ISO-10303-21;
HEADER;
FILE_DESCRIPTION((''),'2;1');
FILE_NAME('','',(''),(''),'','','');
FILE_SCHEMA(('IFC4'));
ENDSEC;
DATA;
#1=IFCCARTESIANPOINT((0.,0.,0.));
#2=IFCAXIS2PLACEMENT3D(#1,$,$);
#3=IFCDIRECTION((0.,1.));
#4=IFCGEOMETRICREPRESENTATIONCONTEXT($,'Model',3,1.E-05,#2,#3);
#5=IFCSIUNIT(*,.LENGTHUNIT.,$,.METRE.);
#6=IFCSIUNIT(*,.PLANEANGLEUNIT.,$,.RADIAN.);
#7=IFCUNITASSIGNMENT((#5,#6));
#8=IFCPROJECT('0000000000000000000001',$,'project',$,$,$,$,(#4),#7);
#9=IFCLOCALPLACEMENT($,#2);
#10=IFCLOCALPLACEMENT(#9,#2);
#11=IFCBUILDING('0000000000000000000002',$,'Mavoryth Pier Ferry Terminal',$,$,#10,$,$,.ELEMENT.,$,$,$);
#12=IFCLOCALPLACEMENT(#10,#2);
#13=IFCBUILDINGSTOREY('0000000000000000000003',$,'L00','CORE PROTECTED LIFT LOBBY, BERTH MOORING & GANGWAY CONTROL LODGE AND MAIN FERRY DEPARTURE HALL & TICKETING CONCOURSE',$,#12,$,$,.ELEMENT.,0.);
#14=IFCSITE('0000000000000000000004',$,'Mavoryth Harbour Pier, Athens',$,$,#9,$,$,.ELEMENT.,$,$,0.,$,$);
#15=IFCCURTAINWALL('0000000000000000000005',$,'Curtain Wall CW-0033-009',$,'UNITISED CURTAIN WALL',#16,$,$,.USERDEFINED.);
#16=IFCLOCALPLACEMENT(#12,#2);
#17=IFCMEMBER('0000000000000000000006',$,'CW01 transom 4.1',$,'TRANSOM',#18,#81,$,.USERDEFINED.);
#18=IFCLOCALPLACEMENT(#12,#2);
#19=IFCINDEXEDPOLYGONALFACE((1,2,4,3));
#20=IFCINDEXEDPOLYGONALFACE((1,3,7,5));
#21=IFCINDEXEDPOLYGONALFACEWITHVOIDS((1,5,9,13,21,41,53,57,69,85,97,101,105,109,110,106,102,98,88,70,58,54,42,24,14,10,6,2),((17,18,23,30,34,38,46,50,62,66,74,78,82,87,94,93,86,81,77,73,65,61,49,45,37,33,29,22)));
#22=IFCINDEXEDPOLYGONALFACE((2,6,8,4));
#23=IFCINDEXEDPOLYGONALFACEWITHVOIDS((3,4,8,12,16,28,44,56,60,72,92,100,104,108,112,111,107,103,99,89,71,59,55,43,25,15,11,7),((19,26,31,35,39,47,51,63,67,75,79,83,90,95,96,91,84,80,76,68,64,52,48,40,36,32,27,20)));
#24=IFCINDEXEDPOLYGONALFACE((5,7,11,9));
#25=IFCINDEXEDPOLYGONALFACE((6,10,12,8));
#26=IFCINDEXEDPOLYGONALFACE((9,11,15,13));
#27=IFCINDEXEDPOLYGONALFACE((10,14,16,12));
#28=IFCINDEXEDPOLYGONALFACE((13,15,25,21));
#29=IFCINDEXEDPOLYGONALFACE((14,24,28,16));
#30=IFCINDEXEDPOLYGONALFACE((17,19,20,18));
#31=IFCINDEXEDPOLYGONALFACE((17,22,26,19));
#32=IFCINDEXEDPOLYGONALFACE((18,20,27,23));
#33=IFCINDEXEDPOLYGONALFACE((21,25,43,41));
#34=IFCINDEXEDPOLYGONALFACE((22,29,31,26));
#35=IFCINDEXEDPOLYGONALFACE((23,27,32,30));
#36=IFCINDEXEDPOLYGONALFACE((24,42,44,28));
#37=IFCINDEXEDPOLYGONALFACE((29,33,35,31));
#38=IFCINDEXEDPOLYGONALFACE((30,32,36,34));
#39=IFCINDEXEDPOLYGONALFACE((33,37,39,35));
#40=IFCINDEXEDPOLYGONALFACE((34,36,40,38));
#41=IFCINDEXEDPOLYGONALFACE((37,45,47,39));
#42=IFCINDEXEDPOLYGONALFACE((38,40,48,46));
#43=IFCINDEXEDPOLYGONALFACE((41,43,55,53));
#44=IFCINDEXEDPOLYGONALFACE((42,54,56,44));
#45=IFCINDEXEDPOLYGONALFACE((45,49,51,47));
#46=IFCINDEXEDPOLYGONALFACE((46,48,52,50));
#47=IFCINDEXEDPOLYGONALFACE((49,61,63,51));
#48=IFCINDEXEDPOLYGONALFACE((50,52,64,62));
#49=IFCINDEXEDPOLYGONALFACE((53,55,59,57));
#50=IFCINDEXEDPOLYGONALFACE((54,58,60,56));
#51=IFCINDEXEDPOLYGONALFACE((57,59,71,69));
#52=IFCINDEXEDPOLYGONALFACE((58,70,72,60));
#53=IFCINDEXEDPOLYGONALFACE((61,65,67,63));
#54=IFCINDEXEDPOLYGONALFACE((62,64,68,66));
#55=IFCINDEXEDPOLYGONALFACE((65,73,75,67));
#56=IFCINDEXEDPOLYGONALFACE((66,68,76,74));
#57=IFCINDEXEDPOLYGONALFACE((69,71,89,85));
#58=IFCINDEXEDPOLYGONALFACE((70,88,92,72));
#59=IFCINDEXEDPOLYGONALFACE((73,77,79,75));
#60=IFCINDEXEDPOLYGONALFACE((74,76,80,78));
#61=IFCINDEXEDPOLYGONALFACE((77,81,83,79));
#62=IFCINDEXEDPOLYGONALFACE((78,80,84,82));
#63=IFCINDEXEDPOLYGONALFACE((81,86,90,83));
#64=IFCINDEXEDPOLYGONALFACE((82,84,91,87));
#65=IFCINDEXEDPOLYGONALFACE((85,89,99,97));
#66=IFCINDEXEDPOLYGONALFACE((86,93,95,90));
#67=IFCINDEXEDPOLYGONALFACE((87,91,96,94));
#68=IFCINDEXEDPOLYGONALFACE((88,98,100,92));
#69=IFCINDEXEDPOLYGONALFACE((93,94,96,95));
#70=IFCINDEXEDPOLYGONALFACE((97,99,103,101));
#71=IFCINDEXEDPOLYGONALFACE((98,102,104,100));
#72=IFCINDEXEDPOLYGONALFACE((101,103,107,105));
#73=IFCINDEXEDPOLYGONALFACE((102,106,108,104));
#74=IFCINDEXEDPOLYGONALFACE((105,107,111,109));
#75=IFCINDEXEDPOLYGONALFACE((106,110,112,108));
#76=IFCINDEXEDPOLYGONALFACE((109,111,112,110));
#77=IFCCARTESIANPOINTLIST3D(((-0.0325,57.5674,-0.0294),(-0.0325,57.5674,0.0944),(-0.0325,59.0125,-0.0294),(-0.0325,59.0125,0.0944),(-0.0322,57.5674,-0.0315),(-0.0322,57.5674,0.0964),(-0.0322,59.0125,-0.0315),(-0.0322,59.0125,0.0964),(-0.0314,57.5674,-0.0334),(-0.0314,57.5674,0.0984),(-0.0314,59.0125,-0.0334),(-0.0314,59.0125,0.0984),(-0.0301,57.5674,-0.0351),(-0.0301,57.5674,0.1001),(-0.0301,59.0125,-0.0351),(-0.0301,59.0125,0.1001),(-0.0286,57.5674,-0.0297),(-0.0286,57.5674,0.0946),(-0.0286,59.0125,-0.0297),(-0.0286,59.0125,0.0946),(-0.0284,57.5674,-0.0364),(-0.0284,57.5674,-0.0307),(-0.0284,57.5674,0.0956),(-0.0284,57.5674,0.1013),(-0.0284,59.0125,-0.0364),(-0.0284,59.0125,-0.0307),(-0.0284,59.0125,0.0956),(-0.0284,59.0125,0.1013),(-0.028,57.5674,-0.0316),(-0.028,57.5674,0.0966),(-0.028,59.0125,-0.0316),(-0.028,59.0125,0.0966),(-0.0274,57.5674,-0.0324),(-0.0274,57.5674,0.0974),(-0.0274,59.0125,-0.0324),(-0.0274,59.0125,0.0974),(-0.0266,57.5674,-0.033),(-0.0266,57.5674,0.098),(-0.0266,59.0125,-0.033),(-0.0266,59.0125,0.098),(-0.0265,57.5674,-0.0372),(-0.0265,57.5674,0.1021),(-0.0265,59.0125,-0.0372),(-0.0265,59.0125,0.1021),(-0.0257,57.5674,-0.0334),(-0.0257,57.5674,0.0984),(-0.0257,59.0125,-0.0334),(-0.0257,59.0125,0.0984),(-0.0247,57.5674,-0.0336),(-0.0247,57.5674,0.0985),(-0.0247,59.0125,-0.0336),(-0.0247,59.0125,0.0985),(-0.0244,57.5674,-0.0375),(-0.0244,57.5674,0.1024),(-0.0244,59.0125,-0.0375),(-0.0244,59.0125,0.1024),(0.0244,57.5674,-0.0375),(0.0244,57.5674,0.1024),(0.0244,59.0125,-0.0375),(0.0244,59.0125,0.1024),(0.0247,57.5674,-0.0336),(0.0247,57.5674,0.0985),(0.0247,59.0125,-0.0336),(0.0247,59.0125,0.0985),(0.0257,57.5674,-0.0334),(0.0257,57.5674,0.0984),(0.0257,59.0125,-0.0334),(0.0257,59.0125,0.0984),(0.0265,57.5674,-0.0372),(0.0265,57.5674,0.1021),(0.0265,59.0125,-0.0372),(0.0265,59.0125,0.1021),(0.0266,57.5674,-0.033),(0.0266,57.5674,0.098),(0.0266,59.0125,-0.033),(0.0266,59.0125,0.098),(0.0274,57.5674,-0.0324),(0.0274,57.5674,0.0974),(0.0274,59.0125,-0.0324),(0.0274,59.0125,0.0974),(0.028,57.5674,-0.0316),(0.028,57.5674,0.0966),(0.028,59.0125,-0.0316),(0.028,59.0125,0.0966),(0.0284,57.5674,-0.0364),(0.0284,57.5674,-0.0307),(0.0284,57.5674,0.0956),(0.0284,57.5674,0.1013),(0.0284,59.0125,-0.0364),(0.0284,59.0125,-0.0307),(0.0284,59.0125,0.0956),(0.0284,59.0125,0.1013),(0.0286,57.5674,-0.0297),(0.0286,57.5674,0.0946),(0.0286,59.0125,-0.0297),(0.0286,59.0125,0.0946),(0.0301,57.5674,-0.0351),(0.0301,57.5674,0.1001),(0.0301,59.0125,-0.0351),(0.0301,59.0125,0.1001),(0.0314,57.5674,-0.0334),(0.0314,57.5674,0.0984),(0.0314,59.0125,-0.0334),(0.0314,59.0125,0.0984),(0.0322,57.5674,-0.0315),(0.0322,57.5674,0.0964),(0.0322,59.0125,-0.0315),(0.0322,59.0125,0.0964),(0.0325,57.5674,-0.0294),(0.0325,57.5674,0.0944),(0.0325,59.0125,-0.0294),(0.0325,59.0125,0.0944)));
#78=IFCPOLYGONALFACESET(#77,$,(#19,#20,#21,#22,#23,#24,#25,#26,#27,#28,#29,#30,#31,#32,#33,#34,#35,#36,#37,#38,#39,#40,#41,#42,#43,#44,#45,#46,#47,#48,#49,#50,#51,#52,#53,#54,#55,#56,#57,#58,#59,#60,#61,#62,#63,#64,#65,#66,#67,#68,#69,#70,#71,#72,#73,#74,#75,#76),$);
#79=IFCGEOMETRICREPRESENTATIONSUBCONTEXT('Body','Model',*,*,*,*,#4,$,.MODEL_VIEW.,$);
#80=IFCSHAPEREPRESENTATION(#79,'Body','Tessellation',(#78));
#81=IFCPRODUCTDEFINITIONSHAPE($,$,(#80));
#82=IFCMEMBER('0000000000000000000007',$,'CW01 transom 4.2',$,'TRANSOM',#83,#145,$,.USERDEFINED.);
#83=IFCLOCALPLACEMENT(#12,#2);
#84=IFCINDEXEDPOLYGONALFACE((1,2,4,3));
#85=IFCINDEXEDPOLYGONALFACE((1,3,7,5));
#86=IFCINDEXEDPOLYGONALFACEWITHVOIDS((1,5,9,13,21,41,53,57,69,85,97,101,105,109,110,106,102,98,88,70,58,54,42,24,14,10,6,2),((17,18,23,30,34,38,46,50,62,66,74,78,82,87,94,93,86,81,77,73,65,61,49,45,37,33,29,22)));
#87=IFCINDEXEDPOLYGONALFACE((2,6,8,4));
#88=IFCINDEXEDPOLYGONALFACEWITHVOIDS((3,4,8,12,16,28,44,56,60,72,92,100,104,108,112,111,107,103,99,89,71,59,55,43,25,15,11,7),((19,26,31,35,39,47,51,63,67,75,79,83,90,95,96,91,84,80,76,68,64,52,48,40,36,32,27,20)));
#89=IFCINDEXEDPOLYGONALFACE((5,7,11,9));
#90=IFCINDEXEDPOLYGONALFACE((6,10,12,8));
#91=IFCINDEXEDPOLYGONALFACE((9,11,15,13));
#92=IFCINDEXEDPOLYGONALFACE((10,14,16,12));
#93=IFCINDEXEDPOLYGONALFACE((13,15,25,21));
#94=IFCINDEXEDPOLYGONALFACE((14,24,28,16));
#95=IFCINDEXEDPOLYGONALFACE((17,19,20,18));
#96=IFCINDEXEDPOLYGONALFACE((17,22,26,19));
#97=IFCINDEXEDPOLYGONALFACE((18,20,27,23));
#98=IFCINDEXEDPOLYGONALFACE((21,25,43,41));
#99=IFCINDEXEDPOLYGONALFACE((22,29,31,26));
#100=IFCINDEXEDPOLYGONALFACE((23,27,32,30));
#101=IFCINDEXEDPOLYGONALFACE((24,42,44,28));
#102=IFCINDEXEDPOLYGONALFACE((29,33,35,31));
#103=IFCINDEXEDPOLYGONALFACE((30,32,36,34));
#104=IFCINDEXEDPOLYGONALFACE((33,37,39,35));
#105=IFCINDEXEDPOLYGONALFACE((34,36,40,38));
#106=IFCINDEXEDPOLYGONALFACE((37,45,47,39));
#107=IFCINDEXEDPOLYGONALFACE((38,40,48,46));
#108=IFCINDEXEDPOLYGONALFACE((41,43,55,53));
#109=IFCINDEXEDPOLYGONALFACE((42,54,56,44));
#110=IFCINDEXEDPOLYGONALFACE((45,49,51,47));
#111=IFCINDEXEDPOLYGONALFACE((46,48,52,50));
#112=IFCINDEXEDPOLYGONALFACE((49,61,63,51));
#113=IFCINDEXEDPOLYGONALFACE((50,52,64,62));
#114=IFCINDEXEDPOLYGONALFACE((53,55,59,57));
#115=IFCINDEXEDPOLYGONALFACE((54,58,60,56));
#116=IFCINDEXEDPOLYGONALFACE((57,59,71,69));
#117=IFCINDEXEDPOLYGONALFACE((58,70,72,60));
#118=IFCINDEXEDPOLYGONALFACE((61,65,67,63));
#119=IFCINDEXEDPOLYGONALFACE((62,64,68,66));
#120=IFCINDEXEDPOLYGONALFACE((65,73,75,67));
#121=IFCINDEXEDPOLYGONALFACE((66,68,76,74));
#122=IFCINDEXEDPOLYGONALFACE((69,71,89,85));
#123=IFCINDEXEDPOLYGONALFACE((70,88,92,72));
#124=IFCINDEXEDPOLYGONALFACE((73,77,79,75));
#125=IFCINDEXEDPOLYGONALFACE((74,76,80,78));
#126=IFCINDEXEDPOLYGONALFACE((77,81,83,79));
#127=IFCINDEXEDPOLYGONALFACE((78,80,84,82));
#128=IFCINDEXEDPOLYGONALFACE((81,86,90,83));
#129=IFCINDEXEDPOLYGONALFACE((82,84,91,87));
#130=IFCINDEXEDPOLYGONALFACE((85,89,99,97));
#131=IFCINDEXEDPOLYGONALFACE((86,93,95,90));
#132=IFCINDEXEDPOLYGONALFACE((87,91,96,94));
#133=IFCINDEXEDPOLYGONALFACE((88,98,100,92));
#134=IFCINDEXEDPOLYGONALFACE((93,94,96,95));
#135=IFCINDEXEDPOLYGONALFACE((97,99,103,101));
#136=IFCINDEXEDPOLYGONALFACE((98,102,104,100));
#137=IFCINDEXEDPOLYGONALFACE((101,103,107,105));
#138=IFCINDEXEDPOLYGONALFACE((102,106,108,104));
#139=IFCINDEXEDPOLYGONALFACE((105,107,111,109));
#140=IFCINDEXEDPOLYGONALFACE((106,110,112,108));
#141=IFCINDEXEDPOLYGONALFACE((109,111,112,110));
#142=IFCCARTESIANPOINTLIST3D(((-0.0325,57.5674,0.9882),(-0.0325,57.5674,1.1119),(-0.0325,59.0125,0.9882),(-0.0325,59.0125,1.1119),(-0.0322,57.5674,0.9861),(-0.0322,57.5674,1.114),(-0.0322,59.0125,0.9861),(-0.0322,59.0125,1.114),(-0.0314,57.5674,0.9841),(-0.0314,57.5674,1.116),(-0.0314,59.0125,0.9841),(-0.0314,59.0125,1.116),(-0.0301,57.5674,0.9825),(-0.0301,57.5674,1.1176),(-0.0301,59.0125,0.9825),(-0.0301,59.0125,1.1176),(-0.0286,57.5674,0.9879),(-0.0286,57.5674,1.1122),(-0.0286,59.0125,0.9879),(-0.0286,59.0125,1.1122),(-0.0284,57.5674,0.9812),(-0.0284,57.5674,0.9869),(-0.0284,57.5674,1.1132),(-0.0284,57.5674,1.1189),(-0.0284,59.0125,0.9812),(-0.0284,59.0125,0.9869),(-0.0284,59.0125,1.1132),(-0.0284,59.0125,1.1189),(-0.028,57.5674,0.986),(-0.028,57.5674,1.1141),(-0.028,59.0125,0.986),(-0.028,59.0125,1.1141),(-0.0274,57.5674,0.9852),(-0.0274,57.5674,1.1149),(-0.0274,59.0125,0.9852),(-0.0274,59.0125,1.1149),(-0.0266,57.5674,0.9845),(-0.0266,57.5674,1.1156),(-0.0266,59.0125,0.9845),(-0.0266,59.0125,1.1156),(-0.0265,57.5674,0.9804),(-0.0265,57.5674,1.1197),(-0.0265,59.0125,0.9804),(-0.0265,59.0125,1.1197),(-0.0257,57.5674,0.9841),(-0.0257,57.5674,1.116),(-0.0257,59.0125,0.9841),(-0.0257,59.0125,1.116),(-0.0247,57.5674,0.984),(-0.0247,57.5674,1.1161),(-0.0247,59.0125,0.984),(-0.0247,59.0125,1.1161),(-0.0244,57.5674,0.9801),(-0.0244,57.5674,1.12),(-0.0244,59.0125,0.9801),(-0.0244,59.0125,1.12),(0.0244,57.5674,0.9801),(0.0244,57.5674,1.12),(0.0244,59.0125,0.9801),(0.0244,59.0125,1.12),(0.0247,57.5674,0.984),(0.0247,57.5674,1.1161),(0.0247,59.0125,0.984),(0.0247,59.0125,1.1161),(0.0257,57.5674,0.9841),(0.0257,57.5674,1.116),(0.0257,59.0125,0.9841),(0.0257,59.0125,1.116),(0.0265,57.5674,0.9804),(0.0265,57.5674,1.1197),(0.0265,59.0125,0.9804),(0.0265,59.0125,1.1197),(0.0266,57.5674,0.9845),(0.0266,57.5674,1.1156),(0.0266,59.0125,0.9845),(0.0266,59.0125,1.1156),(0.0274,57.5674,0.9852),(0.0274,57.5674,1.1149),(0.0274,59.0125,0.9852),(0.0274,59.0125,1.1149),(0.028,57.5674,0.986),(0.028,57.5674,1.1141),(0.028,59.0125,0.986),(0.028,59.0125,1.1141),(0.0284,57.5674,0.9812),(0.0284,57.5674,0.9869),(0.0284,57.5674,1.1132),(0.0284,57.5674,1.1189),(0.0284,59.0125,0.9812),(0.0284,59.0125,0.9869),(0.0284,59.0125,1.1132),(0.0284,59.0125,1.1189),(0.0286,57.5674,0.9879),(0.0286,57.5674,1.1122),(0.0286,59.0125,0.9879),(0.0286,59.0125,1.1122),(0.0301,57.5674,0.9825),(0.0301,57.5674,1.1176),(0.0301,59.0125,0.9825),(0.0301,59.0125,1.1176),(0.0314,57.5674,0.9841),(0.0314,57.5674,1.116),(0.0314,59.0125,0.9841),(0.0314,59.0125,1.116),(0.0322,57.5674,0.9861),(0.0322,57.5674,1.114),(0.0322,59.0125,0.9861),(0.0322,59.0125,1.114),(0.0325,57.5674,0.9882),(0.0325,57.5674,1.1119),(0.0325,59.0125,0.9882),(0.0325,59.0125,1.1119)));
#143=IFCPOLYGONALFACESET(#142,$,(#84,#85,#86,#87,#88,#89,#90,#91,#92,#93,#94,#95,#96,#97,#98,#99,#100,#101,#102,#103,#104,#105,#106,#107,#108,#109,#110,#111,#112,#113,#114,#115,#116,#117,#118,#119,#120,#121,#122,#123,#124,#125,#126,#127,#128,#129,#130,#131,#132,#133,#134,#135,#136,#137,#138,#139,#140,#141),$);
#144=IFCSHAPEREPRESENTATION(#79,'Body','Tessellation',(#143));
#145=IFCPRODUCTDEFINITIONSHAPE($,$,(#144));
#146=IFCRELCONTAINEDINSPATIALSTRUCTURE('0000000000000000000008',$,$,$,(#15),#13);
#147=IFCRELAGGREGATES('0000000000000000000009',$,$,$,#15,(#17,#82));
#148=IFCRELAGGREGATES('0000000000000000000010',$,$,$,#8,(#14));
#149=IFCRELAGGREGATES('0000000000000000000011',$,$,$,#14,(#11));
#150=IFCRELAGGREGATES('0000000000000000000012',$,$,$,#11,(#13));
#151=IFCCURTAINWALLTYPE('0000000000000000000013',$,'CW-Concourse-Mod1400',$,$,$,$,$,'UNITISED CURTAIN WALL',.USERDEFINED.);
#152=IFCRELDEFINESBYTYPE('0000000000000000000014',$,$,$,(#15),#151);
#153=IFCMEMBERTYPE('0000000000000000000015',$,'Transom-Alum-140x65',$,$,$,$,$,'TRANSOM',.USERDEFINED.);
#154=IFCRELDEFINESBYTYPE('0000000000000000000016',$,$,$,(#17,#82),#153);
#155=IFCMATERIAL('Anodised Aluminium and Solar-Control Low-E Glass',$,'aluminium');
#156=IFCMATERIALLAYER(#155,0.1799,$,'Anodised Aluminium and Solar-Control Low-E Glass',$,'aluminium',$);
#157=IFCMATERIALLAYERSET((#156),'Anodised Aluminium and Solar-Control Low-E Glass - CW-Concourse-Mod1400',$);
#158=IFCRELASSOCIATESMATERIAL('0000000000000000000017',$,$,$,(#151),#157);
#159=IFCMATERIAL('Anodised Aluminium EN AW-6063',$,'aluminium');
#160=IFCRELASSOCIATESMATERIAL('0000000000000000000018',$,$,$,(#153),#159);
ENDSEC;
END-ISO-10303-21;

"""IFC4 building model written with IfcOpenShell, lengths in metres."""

from ifc_helpers import new_model, si_unit, direction, frame, origin, origin_2d, place, context, subcontext, project, spatial, hollow_rectangle, extrude, material, layer, layer_set, material_profile, profile_set, type_object, element, aggregate, save


model = new_model("IFC4")

# Units and contexts
model_context = context("Model", 3, precision=1e-05, world=origin(), true_north=direction((0.0, 1.0)))
body_context = subcontext(model_context, "Body", "Model", "MODEL_VIEW")
ifc_project = project(units=[si_unit("LENGTHUNIT", "METRE"), si_unit("PLANEANGLEUNIT", "RADIAN")], contexts=[model_context])

# Site, building, storey
site_placement = place(None, origin())
site = spatial("IfcSite", under=ifc_project, at=site_placement, Name="Mavoryth Harbour Pier, Athens", CompositionType="ELEMENT", RefElevation=0.0)
building_placement = place(site_placement, origin())
building = spatial("IfcBuilding", under=site, at=building_placement, Name="Mavoryth Pier Ferry Terminal", CompositionType="ELEMENT")
storey_placement = place(building_placement, origin())
storey = spatial("IfcBuildingStorey", under=building, at=storey_placement, Name="L00", Description="CORE PROTECTED LIFT LOBBY, BERTH MOORING & GANGWAY CONTROL LODGE AND MAIN FERRY DEPARTURE HALL & TICKETING CONCOURSE", CompositionType="ELEMENT", Elevation=0.0)

# Curtain wall, members
ifc_material_1 = material(Name="Anodised Aluminium and Solar-Control Low-E Glass", Category="aluminium")
ifc_layer_1 = layer(ifc_material_1, 0.1799, Name="Anodised Aluminium and Solar-Control Low-E Glass", Category="aluminium")
ifc_layer_set_1 = layer_set([ifc_layer_1], Name="Anodised Aluminium and Solar-Control Low-E Glass - CW-Concourse-Mod1400")
curtain_wall_type = type_object("IfcCurtainWallType", Name="CW-Concourse-Mod1400", ElementType="UNITISED CURTAIN WALL", PredefinedType="USERDEFINED", material=ifc_layer_set_1)
curtain_wall_placement = place(storey_placement, origin())
curtain_wall = element("IfcCurtainWall", 1, at=curtain_wall_placement, inside=storey, type_object=curtain_wall_type, Name="Curtain Wall CW-0033-009", ObjectType="UNITISED CURTAIN WALL", PredefinedType="USERDEFINED")
ifc_material_2 = material(Name="Anodised Aluminium EN AW-6063", Category="aluminium")
ifc_material_profile_1 = material_profile(ifc_material_2, hollow_rectangle(XDim=0.0649, YDim=0.1399, WallThickness=0.0039, InnerFilletRadius=0.0039, OuterFilletRadius=0.0081, at=origin_2d()), Name="AL-TRAN 140x65x4", Category="aluminium")
ifc_profile_set_1 = profile_set([ifc_material_profile_1], Name="Anodised Aluminium EN AW-6063 - AL-TRAN 140x65x4")
member_type_1 = type_object("IfcMemberType", Name="Transom-Alum-140x65", ElementType="TRANSOM", PredefinedType="USERDEFINED", material=ifc_profile_set_1)
member_1_placement = place(storey_placement, frame((0.0, 59.0125, 0.0325), z_axis=(0.0, -1.0, 0.0), x_axis=(1.0, 0.0, 0.0)))
member_1 = element("IfcMember", 2, at=member_1_placement, type_object=member_type_1, Name="CW01 transom 4.1", ObjectType="TRANSOM", PredefinedType="USERDEFINED", context=body_context, shape_type="SweptSolid", body=[
    extrude(hollow_rectangle(XDim=0.0649, YDim=0.1399, WallThickness=0.0039, InnerFilletRadius=0.0039, OuterFilletRadius=0.0081, at=origin_2d()), origin(), (0.0, 0.0, 1.0), 1.4451),
])
member_2_placement = place(storey_placement, frame((0.0, 59.0125, 1.05), z_axis=(0.0, -1.0, 0.0), x_axis=(1.0, 0.0, 0.0)))
member_2 = element("IfcMember", 3, at=member_2_placement, type_object=member_type_1, Name="CW01 transom 4.2", ObjectType="TRANSOM", PredefinedType="USERDEFINED", context=body_context, shape_type="SweptSolid", body=[
    extrude(hollow_rectangle(XDim=0.0649, YDim=0.1399, WallThickness=0.0039, InnerFilletRadius=0.0039, OuterFilletRadius=0.0081, at=origin_2d()), origin(), (0.0, 0.0, 1.0), 1.4451),
])
aggregate(curtain_wall, [member_1, member_2])

save(model, "model.ifc")
